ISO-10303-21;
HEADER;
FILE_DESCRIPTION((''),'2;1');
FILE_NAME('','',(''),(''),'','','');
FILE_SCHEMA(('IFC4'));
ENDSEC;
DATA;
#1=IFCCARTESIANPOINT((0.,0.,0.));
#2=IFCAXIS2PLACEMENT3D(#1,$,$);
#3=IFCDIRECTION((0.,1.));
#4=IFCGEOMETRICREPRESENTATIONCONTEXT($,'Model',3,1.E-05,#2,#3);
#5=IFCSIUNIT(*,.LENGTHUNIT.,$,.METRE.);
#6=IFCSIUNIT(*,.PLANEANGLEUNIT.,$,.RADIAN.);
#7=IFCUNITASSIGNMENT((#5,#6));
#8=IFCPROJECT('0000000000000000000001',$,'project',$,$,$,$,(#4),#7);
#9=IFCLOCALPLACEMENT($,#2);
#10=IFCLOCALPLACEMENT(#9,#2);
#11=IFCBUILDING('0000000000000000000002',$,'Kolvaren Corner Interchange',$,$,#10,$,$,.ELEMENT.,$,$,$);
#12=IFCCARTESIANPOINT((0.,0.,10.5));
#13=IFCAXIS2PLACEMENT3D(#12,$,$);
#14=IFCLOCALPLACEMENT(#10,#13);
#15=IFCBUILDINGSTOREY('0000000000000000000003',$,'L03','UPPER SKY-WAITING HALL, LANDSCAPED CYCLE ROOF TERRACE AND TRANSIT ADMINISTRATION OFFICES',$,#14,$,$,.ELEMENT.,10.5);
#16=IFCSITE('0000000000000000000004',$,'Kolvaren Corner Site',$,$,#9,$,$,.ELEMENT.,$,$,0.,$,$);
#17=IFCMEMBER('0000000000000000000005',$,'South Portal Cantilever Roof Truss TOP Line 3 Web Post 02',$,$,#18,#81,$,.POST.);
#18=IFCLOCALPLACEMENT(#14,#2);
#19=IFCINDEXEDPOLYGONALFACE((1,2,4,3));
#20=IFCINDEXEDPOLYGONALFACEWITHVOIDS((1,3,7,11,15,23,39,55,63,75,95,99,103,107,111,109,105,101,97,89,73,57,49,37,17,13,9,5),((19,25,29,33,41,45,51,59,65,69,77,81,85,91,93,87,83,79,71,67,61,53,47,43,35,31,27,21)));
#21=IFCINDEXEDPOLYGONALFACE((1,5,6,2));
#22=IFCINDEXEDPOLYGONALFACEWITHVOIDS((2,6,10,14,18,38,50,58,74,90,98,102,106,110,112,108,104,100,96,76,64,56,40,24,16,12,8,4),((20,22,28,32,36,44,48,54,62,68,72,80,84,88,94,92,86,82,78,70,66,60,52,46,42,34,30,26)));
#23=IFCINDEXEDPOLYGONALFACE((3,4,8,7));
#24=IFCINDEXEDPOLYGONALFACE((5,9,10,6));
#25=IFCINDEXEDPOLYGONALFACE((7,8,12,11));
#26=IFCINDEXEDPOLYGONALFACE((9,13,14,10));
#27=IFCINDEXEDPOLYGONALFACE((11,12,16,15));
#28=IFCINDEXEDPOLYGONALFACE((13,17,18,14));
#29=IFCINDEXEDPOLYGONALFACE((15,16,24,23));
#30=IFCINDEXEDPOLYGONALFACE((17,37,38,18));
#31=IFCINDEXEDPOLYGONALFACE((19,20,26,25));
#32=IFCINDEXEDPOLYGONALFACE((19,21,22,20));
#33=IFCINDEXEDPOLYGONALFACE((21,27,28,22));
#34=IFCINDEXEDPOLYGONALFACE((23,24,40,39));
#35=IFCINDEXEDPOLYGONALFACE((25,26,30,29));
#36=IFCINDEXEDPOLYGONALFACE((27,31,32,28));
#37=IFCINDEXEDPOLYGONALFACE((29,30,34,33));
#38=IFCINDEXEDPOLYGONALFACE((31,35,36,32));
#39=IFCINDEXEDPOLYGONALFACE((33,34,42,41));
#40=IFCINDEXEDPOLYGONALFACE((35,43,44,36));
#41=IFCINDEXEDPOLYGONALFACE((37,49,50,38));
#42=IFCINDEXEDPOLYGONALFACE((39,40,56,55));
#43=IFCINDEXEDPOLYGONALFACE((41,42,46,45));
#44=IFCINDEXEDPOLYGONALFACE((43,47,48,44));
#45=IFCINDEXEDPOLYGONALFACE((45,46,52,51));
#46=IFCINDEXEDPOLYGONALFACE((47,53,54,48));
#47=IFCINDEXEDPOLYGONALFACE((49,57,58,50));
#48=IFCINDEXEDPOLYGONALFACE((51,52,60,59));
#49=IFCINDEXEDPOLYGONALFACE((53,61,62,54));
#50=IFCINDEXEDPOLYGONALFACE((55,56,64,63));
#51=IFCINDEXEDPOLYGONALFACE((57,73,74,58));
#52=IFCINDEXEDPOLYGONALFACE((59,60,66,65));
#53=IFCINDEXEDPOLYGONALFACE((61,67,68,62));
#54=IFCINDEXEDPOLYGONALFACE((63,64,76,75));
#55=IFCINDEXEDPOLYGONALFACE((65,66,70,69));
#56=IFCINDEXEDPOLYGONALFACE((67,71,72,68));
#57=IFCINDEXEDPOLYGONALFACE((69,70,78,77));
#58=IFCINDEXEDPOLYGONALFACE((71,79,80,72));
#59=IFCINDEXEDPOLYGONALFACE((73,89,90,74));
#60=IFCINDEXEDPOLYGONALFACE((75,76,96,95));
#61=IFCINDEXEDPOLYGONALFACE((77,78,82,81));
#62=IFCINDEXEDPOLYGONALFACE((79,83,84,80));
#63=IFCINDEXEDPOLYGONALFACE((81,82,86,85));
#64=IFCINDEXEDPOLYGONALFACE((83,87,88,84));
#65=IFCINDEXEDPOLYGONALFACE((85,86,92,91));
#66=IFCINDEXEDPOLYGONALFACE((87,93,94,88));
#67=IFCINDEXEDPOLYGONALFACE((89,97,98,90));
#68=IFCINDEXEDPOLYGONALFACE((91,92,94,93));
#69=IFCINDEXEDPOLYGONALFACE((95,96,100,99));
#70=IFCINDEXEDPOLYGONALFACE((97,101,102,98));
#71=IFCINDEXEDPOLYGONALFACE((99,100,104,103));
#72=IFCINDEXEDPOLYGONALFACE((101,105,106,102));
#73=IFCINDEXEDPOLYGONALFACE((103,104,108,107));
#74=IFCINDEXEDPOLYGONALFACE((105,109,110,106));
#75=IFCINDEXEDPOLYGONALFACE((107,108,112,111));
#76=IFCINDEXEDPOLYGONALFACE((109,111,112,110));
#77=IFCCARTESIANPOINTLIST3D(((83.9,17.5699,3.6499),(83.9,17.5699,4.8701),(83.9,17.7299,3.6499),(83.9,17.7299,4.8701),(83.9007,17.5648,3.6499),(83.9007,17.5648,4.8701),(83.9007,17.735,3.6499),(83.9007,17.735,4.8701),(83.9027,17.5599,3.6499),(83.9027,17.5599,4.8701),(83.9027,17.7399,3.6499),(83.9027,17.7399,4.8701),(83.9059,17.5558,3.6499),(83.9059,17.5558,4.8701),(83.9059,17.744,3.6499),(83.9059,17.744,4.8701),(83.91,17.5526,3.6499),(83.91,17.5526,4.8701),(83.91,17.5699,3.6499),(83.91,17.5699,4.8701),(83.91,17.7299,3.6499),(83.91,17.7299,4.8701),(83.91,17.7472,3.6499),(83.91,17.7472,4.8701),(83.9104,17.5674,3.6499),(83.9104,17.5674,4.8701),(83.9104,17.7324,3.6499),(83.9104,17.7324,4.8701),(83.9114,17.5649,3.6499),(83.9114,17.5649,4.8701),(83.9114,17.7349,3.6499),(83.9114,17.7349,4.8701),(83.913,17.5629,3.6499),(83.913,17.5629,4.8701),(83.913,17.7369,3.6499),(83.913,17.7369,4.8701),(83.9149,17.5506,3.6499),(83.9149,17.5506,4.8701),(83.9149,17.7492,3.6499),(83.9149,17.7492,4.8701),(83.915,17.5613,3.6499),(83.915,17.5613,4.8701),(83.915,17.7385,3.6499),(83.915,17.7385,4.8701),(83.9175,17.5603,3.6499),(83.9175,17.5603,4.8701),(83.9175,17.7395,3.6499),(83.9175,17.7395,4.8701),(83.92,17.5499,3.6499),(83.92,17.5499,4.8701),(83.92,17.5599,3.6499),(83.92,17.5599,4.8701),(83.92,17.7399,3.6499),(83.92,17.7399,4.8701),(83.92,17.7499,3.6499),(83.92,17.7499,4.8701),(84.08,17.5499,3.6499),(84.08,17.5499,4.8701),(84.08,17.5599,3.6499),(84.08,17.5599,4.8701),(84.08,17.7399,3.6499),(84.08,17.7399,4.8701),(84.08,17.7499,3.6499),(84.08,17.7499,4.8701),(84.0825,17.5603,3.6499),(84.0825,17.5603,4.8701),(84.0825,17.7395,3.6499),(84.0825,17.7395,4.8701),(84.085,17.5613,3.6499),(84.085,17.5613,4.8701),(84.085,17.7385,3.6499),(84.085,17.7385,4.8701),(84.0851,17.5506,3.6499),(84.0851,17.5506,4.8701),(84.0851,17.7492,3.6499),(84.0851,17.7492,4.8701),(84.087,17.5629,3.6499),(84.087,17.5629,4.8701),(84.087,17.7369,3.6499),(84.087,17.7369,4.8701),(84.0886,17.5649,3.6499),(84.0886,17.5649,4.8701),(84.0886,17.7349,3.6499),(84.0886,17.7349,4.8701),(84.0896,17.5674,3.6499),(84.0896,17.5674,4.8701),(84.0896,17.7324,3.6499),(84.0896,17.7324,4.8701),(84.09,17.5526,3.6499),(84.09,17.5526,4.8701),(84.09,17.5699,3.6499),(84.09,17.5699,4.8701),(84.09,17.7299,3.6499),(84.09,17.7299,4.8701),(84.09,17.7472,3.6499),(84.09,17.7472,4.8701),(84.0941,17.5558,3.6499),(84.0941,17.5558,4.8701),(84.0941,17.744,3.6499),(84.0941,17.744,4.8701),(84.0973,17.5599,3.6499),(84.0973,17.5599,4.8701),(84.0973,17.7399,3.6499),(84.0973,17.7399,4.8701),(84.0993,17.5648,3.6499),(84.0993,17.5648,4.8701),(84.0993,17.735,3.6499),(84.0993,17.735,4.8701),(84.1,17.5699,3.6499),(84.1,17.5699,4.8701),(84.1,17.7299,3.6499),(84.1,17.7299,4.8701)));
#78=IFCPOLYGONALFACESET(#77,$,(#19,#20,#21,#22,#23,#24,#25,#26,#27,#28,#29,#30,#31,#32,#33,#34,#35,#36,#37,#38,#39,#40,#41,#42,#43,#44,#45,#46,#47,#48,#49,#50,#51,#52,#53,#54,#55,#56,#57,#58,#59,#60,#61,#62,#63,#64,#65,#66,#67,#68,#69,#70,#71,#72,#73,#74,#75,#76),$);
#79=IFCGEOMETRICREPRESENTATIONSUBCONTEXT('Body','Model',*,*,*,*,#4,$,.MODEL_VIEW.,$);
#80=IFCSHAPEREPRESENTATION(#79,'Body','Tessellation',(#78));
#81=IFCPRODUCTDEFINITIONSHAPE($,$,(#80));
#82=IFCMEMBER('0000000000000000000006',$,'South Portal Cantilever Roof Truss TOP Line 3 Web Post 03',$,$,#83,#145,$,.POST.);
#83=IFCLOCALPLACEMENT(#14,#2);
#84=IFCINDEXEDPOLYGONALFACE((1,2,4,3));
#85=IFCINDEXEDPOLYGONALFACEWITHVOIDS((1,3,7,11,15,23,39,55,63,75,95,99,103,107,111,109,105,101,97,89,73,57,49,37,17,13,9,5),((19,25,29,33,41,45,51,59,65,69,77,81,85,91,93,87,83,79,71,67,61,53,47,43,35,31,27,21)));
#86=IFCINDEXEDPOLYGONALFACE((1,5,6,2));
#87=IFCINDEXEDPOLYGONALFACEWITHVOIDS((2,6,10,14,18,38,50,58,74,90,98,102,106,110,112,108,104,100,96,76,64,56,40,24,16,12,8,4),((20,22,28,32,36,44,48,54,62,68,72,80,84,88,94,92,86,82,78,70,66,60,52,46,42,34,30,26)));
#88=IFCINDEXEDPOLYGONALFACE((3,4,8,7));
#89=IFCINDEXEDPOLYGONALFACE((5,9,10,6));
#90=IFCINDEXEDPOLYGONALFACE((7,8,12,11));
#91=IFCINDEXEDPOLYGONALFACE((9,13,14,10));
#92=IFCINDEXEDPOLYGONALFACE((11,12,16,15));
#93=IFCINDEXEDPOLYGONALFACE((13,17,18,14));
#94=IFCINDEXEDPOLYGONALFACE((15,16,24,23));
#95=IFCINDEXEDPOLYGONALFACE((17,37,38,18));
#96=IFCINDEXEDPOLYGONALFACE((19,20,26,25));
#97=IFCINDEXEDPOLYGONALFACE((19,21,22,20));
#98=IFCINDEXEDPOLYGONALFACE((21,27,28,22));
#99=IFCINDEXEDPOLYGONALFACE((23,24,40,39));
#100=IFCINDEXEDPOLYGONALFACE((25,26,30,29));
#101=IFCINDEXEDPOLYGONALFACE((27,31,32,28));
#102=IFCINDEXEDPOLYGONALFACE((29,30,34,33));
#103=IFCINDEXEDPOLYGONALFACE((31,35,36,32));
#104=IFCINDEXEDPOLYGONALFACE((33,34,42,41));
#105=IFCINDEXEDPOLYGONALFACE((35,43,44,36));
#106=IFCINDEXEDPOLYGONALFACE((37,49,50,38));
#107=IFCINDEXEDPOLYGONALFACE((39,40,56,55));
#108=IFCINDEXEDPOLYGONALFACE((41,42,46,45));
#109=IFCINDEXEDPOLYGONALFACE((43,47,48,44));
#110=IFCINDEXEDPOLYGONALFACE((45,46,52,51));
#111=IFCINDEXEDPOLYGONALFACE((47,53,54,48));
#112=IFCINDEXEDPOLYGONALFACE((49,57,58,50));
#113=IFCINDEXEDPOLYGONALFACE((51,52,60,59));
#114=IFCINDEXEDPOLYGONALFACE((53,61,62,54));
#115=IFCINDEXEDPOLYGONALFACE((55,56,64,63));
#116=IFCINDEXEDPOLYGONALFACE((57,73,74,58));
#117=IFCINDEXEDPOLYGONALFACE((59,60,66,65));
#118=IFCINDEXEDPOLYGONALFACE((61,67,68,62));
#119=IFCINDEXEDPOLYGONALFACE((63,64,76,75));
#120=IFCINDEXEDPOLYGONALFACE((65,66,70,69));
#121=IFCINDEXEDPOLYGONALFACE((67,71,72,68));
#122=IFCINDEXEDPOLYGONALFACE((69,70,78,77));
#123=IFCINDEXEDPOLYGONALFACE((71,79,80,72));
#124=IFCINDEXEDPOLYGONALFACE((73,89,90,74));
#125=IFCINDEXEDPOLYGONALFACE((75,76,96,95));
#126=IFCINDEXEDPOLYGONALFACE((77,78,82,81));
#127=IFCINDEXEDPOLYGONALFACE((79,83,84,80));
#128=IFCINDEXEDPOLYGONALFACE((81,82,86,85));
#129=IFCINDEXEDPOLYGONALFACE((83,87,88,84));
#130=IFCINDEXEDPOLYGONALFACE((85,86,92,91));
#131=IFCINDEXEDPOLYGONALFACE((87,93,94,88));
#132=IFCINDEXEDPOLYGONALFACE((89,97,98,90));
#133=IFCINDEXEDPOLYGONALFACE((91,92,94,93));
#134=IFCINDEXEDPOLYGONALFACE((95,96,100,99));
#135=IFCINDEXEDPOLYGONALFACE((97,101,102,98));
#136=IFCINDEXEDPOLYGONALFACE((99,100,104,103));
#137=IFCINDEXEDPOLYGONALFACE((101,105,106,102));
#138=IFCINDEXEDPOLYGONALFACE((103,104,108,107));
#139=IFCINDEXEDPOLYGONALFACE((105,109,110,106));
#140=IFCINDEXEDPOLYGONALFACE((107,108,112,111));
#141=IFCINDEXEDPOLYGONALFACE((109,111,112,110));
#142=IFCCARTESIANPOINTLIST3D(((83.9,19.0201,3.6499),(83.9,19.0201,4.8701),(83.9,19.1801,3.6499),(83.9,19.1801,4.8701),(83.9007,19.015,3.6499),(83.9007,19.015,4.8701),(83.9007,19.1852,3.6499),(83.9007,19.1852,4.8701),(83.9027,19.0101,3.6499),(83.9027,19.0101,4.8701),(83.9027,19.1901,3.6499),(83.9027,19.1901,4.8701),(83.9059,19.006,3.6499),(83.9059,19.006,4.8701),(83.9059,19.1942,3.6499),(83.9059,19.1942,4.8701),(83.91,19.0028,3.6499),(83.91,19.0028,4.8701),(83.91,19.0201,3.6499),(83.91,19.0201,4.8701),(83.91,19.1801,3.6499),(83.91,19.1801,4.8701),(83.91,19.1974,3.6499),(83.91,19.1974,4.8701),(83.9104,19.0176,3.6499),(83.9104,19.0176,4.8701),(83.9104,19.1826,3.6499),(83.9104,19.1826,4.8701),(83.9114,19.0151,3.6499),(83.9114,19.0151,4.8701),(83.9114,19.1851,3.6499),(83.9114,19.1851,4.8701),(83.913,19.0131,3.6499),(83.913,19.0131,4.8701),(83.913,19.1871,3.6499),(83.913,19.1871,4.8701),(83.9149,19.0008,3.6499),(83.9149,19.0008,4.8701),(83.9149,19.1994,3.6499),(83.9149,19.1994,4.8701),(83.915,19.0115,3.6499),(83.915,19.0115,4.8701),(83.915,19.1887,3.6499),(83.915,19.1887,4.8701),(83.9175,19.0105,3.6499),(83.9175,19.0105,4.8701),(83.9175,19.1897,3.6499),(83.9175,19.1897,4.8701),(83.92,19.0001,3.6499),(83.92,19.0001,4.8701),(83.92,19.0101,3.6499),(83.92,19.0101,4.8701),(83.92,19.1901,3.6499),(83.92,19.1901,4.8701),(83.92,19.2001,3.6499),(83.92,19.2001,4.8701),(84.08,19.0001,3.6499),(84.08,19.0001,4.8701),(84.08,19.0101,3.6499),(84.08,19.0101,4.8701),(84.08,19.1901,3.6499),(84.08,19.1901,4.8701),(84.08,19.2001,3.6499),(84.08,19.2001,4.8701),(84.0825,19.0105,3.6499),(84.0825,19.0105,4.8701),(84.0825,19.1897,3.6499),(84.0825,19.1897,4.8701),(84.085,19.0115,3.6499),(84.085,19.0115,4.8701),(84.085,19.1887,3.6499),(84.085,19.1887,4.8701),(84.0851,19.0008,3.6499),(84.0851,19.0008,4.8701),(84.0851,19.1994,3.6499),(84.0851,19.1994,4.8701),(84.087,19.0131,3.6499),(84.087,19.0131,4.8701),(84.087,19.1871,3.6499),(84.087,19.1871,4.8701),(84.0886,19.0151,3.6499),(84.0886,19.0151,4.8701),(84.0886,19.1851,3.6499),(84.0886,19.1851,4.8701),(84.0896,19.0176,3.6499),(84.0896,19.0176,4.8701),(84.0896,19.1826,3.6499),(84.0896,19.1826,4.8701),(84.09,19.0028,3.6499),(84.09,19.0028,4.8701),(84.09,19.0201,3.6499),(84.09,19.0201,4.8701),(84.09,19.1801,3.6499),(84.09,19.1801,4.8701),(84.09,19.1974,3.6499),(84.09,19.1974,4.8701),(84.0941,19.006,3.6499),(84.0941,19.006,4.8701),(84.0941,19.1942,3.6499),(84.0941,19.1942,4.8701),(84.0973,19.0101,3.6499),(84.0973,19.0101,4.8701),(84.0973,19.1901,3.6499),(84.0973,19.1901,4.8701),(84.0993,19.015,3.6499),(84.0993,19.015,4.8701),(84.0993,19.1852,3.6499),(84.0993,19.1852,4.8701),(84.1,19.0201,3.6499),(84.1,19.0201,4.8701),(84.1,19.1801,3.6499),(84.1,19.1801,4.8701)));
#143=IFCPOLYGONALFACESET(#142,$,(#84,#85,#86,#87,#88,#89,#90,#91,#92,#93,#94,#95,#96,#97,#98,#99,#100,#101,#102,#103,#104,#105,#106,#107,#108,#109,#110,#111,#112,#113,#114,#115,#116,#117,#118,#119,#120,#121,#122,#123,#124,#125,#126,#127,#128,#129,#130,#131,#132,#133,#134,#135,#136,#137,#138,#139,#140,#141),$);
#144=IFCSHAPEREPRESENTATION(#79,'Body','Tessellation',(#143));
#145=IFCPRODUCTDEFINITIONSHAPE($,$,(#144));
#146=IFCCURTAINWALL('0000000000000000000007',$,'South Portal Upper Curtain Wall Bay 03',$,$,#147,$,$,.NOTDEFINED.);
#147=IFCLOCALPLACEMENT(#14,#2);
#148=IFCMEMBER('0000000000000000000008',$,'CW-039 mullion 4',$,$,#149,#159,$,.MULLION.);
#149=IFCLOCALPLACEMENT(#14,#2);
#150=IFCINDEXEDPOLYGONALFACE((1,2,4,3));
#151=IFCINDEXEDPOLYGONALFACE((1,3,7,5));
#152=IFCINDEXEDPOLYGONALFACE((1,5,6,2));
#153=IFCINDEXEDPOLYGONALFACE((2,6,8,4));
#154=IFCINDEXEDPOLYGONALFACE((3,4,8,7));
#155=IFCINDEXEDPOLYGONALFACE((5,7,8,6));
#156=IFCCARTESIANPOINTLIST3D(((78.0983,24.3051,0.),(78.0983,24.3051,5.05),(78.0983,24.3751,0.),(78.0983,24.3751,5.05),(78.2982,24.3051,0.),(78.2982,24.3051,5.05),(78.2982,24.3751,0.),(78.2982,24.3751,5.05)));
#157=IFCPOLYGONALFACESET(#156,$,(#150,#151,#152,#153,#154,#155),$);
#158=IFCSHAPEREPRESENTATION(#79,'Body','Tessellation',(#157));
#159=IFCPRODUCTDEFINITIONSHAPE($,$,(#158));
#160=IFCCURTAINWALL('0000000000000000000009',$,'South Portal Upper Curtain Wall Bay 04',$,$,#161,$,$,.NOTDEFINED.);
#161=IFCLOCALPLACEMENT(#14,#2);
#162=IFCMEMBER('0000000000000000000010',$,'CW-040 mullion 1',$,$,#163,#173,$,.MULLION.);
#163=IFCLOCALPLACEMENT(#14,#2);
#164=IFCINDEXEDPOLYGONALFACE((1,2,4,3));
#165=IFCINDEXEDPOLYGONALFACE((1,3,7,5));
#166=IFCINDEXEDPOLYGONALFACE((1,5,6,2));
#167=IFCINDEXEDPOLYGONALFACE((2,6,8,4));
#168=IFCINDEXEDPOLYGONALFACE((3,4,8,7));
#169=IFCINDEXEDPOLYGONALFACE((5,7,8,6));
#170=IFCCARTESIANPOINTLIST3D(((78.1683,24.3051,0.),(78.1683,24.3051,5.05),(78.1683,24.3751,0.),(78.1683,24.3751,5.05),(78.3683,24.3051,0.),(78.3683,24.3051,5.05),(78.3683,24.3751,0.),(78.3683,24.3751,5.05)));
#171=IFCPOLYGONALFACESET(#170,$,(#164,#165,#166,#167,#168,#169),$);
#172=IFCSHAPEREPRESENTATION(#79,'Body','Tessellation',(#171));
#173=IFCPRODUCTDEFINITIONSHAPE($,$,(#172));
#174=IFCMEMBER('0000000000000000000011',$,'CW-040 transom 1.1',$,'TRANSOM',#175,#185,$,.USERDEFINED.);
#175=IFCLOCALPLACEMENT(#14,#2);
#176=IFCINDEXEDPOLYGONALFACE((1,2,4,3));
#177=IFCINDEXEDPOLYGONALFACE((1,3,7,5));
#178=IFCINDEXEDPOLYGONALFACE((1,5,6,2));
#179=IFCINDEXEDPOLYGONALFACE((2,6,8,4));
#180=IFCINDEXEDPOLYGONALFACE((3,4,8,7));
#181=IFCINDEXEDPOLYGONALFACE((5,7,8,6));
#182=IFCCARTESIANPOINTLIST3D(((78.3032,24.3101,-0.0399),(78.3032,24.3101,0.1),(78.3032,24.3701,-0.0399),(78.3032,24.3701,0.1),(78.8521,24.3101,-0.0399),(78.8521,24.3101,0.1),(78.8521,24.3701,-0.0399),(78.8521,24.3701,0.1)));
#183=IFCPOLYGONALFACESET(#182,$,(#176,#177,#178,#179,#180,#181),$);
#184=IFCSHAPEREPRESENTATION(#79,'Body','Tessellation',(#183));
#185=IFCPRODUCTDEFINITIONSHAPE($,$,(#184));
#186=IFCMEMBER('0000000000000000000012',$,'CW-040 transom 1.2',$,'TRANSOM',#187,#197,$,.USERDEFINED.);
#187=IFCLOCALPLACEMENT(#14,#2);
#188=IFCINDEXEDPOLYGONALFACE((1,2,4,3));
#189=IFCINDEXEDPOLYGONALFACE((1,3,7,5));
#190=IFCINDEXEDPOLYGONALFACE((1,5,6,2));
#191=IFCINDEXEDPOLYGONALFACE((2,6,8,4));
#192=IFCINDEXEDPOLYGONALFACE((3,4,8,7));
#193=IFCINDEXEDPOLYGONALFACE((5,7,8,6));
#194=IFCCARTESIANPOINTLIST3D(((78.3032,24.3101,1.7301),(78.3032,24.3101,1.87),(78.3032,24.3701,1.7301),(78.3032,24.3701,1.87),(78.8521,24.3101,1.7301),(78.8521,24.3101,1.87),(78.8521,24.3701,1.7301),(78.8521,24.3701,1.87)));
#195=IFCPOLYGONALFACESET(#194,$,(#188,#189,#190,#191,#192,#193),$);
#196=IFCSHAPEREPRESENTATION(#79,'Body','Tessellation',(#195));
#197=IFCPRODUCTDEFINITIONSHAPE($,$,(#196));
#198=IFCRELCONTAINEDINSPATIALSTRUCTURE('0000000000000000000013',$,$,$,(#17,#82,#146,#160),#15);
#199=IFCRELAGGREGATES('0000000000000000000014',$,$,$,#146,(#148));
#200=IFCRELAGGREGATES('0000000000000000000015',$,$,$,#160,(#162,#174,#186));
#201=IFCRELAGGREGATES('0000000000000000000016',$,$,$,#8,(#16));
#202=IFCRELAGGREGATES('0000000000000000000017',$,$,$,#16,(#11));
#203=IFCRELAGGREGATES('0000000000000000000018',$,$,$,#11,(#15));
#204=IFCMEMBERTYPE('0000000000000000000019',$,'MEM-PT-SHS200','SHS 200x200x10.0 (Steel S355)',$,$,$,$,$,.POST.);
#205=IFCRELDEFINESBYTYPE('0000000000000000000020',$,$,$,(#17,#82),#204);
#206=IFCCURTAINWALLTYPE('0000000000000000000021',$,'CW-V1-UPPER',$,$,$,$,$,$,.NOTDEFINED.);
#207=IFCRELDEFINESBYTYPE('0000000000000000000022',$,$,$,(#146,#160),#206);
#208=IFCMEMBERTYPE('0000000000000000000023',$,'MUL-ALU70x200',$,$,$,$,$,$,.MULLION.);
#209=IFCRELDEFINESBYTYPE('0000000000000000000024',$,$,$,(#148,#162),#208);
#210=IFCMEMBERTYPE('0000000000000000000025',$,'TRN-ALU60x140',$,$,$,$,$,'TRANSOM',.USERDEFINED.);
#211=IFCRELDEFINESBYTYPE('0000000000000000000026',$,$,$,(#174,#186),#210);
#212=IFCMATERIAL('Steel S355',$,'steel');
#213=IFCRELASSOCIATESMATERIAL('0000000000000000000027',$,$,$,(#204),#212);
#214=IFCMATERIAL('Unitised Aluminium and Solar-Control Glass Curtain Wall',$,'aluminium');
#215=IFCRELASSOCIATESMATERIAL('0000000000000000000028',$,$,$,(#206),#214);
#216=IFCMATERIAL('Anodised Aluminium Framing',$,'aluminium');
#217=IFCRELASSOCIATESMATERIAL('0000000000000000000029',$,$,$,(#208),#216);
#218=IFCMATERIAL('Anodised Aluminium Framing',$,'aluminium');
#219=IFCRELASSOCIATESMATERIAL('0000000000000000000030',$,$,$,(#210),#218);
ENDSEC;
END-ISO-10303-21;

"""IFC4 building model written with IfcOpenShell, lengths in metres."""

from ifc_helpers import new_model, si_unit, direction, frame, origin, origin_2d, place, context, subcontext, project, spatial, rectangle, hollow_rectangle, extrude, material, material_profile, profile_set, type_object, element, aggregate, save


model = new_model("IFC4")

# Units and contexts
model_context = context("Model", 3, precision=1e-05, world=origin(), true_north=direction((0.0, 1.0)))
body_context = subcontext(model_context, "Body", "Model", "MODEL_VIEW")
ifc_project = project(units=[si_unit("LENGTHUNIT", "METRE"), si_unit("PLANEANGLEUNIT", "RADIAN")], contexts=[model_context])

# Site, building, storey
site_placement = place(None, origin())
site = spatial("IfcSite", under=ifc_project, at=site_placement, Name="Kolvaren Corner Site", CompositionType="ELEMENT", RefElevation=0.0)
building_placement = place(site_placement, origin())
building = spatial("IfcBuilding", under=site, at=building_placement, Name="Kolvaren Corner Interchange", CompositionType="ELEMENT")
storey_placement = place(building_placement, frame((0.0, 0.0, 10.5)))
storey = spatial("IfcBuildingStorey", under=building, at=storey_placement, Name="L03", Description="UPPER SKY-WAITING HALL, LANDSCAPED CYCLE ROOF TERRACE AND TRANSIT ADMINISTRATION OFFICES", CompositionType="ELEMENT", Elevation=10.5)

# Members
ifc_material_1 = material(Name="Steel S355", Category="steel")
ifc_material_profile_1 = material_profile(ifc_material_1, hollow_rectangle(XDim=0.2, YDim=0.2, WallThickness=0.01, InnerFilletRadius=0.01, OuterFilletRadius=0.02, at=origin_2d()), Name="SHS 200x200x10.0")
ifc_profile_set_1 = profile_set([ifc_material_profile_1], Name="Steel S355")
member_type_1 = type_object("IfcMemberType", Name="MEM-PT-SHS200", Description="SHS 200x200x10.0 (Steel S355)", PredefinedType="POST", material=ifc_profile_set_1)
for number, where, z_axis, x_axis, name in (
    (1, (84.0, 17.6499, 3.6499), (0.0, 0.0, 1.0), (1.0, 0.0, 0.0), "South Portal Cantilever Roof Truss TOP Line 3 Web Post 02"),
    (2, (84.0, 19.1001, 3.6499), (0.0, 0.0, 1.0), (1.0, 0.0, 0.0), "South Portal Cantilever Roof Truss TOP Line 3 Web Post 03"),
):
    element("IfcMember", number, at=place(storey_placement, frame(where, z_axis=z_axis, x_axis=x_axis)), inside=storey, type_object=member_type_1, Name=name, PredefinedType="POST", context=body_context, shape_type="SweptSolid", body=[
        extrude(hollow_rectangle(XDim=0.2, YDim=0.2, WallThickness=0.01, InnerFilletRadius=0.01, OuterFilletRadius=0.02, at=origin_2d()), origin(), (0.0, 0.0, 1.0), 1.2202),
    ])

# Curtain wall, member
ifc_material_2 = material(Name="Unitised Aluminium and Solar-Control Glass Curtain Wall", Category="aluminium")
curtain_wall_type = type_object("IfcCurtainWallType", Name="CW-V1-UPPER", PredefinedType="NOTDEFINED", material=ifc_material_2)
curtain_wall_1_placement = place(storey_placement, origin())
curtain_wall_1 = element("IfcCurtainWall", 3, at=curtain_wall_1_placement, inside=storey, type_object=curtain_wall_type, Name="South Portal Upper Curtain Wall Bay 03", PredefinedType="NOTDEFINED")
ifc_material_3 = material(Name="Anodised Aluminium Framing", Category="aluminium")
ifc_material_profile_2 = material_profile(ifc_material_3, rectangle(XDim=0.0701, YDim=0.2, at=origin_2d()), Name="ALU 70x200")
ifc_profile_set_2 = profile_set([ifc_material_profile_2], Name="Anodised Aluminium Framing")
member_type_2 = type_object("IfcMemberType", Name="MUL-ALU70x200", PredefinedType="MULLION", material=ifc_profile_set_2)
member_1_placement = place(storey_placement, frame((78.1982, 24.3401, 0.0), z_axis=(0.0, 0.0, 1.0), x_axis=(0.0, 1.0, 0.0)))
member_1 = element("IfcMember", 4, at=member_1_placement, type_object=member_type_2, Name="CW-039 mullion 4", PredefinedType="MULLION", context=body_context, shape_type="SweptSolid", body=[
    extrude(rectangle(XDim=0.0701, YDim=0.2, at=origin_2d()), origin(), (0.0, 0.0, 1.0), 5.05),
])
aggregate(curtain_wall_1, [member_1])

# Curtain wall, members
curtain_wall_2_placement = place(storey_placement, origin())
curtain_wall_2 = element("IfcCurtainWall", 5, at=curtain_wall_2_placement, inside=storey, type_object=curtain_wall_type, Name="South Portal Upper Curtain Wall Bay 04", PredefinedType="NOTDEFINED")
member_2_placement = place(storey_placement, frame((78.2683, 24.3401, 0.0), z_axis=(0.0, 0.0, 1.0), x_axis=(0.0, 1.0, 0.0)))
member_2 = element("IfcMember", 6, at=member_2_placement, type_object=member_type_2, Name="CW-040 mullion 1", PredefinedType="MULLION", context=body_context, shape_type="SweptSolid", body=[
    extrude(rectangle(XDim=0.0701, YDim=0.2, at=origin_2d()), origin(), (0.0, 0.0, 1.0), 5.05),
])
ifc_material_4 = material(Name="Anodised Aluminium Framing", Category="aluminium")
ifc_material_profile_3 = material_profile(ifc_material_4, rectangle(XDim=0.0601, YDim=0.1399, at=origin_2d()), Name="ALU 60x140")
ifc_profile_set_3 = profile_set([ifc_material_profile_3], Name="Anodised Aluminium Framing")
member_type_3 = type_object("IfcMemberType", Name="TRN-ALU60x140", ElementType="TRANSOM", PredefinedType="USERDEFINED", material=ifc_profile_set_3)
member_3_placement = place(storey_placement, frame((78.3032, 24.3401, 0.03), z_axis=(1.0, 0.0, 0.0), x_axis=(0.0, 1.0, 0.0)))
member_3 = element("IfcMember", 7, at=member_3_placement, type_object=member_type_3, Name="CW-040 transom 1.1", ObjectType="TRANSOM", PredefinedType="USERDEFINED", context=body_context, shape_type="SweptSolid", body=[
    extrude(rectangle(XDim=0.0601, YDim=0.1399, at=origin_2d()), origin(), (0.0, 0.0, 1.0), 0.5488),
])
member_4_placement = place(storey_placement, frame((78.3032, 24.3401, 1.8), z_axis=(1.0, 0.0, 0.0), x_axis=(0.0, 1.0, 0.0)))
member_4 = element("IfcMember", 8, at=member_4_placement, type_object=member_type_3, Name="CW-040 transom 1.2", ObjectType="TRANSOM", PredefinedType="USERDEFINED", context=body_context, shape_type="SweptSolid", body=[
    extrude(rectangle(XDim=0.0601, YDim=0.1399, at=origin_2d()), origin(), (0.0, 0.0, 1.0), 0.5488),
])
aggregate(curtain_wall_2, [member_2, member_3, member_4])

save(model, "model.ifc")
